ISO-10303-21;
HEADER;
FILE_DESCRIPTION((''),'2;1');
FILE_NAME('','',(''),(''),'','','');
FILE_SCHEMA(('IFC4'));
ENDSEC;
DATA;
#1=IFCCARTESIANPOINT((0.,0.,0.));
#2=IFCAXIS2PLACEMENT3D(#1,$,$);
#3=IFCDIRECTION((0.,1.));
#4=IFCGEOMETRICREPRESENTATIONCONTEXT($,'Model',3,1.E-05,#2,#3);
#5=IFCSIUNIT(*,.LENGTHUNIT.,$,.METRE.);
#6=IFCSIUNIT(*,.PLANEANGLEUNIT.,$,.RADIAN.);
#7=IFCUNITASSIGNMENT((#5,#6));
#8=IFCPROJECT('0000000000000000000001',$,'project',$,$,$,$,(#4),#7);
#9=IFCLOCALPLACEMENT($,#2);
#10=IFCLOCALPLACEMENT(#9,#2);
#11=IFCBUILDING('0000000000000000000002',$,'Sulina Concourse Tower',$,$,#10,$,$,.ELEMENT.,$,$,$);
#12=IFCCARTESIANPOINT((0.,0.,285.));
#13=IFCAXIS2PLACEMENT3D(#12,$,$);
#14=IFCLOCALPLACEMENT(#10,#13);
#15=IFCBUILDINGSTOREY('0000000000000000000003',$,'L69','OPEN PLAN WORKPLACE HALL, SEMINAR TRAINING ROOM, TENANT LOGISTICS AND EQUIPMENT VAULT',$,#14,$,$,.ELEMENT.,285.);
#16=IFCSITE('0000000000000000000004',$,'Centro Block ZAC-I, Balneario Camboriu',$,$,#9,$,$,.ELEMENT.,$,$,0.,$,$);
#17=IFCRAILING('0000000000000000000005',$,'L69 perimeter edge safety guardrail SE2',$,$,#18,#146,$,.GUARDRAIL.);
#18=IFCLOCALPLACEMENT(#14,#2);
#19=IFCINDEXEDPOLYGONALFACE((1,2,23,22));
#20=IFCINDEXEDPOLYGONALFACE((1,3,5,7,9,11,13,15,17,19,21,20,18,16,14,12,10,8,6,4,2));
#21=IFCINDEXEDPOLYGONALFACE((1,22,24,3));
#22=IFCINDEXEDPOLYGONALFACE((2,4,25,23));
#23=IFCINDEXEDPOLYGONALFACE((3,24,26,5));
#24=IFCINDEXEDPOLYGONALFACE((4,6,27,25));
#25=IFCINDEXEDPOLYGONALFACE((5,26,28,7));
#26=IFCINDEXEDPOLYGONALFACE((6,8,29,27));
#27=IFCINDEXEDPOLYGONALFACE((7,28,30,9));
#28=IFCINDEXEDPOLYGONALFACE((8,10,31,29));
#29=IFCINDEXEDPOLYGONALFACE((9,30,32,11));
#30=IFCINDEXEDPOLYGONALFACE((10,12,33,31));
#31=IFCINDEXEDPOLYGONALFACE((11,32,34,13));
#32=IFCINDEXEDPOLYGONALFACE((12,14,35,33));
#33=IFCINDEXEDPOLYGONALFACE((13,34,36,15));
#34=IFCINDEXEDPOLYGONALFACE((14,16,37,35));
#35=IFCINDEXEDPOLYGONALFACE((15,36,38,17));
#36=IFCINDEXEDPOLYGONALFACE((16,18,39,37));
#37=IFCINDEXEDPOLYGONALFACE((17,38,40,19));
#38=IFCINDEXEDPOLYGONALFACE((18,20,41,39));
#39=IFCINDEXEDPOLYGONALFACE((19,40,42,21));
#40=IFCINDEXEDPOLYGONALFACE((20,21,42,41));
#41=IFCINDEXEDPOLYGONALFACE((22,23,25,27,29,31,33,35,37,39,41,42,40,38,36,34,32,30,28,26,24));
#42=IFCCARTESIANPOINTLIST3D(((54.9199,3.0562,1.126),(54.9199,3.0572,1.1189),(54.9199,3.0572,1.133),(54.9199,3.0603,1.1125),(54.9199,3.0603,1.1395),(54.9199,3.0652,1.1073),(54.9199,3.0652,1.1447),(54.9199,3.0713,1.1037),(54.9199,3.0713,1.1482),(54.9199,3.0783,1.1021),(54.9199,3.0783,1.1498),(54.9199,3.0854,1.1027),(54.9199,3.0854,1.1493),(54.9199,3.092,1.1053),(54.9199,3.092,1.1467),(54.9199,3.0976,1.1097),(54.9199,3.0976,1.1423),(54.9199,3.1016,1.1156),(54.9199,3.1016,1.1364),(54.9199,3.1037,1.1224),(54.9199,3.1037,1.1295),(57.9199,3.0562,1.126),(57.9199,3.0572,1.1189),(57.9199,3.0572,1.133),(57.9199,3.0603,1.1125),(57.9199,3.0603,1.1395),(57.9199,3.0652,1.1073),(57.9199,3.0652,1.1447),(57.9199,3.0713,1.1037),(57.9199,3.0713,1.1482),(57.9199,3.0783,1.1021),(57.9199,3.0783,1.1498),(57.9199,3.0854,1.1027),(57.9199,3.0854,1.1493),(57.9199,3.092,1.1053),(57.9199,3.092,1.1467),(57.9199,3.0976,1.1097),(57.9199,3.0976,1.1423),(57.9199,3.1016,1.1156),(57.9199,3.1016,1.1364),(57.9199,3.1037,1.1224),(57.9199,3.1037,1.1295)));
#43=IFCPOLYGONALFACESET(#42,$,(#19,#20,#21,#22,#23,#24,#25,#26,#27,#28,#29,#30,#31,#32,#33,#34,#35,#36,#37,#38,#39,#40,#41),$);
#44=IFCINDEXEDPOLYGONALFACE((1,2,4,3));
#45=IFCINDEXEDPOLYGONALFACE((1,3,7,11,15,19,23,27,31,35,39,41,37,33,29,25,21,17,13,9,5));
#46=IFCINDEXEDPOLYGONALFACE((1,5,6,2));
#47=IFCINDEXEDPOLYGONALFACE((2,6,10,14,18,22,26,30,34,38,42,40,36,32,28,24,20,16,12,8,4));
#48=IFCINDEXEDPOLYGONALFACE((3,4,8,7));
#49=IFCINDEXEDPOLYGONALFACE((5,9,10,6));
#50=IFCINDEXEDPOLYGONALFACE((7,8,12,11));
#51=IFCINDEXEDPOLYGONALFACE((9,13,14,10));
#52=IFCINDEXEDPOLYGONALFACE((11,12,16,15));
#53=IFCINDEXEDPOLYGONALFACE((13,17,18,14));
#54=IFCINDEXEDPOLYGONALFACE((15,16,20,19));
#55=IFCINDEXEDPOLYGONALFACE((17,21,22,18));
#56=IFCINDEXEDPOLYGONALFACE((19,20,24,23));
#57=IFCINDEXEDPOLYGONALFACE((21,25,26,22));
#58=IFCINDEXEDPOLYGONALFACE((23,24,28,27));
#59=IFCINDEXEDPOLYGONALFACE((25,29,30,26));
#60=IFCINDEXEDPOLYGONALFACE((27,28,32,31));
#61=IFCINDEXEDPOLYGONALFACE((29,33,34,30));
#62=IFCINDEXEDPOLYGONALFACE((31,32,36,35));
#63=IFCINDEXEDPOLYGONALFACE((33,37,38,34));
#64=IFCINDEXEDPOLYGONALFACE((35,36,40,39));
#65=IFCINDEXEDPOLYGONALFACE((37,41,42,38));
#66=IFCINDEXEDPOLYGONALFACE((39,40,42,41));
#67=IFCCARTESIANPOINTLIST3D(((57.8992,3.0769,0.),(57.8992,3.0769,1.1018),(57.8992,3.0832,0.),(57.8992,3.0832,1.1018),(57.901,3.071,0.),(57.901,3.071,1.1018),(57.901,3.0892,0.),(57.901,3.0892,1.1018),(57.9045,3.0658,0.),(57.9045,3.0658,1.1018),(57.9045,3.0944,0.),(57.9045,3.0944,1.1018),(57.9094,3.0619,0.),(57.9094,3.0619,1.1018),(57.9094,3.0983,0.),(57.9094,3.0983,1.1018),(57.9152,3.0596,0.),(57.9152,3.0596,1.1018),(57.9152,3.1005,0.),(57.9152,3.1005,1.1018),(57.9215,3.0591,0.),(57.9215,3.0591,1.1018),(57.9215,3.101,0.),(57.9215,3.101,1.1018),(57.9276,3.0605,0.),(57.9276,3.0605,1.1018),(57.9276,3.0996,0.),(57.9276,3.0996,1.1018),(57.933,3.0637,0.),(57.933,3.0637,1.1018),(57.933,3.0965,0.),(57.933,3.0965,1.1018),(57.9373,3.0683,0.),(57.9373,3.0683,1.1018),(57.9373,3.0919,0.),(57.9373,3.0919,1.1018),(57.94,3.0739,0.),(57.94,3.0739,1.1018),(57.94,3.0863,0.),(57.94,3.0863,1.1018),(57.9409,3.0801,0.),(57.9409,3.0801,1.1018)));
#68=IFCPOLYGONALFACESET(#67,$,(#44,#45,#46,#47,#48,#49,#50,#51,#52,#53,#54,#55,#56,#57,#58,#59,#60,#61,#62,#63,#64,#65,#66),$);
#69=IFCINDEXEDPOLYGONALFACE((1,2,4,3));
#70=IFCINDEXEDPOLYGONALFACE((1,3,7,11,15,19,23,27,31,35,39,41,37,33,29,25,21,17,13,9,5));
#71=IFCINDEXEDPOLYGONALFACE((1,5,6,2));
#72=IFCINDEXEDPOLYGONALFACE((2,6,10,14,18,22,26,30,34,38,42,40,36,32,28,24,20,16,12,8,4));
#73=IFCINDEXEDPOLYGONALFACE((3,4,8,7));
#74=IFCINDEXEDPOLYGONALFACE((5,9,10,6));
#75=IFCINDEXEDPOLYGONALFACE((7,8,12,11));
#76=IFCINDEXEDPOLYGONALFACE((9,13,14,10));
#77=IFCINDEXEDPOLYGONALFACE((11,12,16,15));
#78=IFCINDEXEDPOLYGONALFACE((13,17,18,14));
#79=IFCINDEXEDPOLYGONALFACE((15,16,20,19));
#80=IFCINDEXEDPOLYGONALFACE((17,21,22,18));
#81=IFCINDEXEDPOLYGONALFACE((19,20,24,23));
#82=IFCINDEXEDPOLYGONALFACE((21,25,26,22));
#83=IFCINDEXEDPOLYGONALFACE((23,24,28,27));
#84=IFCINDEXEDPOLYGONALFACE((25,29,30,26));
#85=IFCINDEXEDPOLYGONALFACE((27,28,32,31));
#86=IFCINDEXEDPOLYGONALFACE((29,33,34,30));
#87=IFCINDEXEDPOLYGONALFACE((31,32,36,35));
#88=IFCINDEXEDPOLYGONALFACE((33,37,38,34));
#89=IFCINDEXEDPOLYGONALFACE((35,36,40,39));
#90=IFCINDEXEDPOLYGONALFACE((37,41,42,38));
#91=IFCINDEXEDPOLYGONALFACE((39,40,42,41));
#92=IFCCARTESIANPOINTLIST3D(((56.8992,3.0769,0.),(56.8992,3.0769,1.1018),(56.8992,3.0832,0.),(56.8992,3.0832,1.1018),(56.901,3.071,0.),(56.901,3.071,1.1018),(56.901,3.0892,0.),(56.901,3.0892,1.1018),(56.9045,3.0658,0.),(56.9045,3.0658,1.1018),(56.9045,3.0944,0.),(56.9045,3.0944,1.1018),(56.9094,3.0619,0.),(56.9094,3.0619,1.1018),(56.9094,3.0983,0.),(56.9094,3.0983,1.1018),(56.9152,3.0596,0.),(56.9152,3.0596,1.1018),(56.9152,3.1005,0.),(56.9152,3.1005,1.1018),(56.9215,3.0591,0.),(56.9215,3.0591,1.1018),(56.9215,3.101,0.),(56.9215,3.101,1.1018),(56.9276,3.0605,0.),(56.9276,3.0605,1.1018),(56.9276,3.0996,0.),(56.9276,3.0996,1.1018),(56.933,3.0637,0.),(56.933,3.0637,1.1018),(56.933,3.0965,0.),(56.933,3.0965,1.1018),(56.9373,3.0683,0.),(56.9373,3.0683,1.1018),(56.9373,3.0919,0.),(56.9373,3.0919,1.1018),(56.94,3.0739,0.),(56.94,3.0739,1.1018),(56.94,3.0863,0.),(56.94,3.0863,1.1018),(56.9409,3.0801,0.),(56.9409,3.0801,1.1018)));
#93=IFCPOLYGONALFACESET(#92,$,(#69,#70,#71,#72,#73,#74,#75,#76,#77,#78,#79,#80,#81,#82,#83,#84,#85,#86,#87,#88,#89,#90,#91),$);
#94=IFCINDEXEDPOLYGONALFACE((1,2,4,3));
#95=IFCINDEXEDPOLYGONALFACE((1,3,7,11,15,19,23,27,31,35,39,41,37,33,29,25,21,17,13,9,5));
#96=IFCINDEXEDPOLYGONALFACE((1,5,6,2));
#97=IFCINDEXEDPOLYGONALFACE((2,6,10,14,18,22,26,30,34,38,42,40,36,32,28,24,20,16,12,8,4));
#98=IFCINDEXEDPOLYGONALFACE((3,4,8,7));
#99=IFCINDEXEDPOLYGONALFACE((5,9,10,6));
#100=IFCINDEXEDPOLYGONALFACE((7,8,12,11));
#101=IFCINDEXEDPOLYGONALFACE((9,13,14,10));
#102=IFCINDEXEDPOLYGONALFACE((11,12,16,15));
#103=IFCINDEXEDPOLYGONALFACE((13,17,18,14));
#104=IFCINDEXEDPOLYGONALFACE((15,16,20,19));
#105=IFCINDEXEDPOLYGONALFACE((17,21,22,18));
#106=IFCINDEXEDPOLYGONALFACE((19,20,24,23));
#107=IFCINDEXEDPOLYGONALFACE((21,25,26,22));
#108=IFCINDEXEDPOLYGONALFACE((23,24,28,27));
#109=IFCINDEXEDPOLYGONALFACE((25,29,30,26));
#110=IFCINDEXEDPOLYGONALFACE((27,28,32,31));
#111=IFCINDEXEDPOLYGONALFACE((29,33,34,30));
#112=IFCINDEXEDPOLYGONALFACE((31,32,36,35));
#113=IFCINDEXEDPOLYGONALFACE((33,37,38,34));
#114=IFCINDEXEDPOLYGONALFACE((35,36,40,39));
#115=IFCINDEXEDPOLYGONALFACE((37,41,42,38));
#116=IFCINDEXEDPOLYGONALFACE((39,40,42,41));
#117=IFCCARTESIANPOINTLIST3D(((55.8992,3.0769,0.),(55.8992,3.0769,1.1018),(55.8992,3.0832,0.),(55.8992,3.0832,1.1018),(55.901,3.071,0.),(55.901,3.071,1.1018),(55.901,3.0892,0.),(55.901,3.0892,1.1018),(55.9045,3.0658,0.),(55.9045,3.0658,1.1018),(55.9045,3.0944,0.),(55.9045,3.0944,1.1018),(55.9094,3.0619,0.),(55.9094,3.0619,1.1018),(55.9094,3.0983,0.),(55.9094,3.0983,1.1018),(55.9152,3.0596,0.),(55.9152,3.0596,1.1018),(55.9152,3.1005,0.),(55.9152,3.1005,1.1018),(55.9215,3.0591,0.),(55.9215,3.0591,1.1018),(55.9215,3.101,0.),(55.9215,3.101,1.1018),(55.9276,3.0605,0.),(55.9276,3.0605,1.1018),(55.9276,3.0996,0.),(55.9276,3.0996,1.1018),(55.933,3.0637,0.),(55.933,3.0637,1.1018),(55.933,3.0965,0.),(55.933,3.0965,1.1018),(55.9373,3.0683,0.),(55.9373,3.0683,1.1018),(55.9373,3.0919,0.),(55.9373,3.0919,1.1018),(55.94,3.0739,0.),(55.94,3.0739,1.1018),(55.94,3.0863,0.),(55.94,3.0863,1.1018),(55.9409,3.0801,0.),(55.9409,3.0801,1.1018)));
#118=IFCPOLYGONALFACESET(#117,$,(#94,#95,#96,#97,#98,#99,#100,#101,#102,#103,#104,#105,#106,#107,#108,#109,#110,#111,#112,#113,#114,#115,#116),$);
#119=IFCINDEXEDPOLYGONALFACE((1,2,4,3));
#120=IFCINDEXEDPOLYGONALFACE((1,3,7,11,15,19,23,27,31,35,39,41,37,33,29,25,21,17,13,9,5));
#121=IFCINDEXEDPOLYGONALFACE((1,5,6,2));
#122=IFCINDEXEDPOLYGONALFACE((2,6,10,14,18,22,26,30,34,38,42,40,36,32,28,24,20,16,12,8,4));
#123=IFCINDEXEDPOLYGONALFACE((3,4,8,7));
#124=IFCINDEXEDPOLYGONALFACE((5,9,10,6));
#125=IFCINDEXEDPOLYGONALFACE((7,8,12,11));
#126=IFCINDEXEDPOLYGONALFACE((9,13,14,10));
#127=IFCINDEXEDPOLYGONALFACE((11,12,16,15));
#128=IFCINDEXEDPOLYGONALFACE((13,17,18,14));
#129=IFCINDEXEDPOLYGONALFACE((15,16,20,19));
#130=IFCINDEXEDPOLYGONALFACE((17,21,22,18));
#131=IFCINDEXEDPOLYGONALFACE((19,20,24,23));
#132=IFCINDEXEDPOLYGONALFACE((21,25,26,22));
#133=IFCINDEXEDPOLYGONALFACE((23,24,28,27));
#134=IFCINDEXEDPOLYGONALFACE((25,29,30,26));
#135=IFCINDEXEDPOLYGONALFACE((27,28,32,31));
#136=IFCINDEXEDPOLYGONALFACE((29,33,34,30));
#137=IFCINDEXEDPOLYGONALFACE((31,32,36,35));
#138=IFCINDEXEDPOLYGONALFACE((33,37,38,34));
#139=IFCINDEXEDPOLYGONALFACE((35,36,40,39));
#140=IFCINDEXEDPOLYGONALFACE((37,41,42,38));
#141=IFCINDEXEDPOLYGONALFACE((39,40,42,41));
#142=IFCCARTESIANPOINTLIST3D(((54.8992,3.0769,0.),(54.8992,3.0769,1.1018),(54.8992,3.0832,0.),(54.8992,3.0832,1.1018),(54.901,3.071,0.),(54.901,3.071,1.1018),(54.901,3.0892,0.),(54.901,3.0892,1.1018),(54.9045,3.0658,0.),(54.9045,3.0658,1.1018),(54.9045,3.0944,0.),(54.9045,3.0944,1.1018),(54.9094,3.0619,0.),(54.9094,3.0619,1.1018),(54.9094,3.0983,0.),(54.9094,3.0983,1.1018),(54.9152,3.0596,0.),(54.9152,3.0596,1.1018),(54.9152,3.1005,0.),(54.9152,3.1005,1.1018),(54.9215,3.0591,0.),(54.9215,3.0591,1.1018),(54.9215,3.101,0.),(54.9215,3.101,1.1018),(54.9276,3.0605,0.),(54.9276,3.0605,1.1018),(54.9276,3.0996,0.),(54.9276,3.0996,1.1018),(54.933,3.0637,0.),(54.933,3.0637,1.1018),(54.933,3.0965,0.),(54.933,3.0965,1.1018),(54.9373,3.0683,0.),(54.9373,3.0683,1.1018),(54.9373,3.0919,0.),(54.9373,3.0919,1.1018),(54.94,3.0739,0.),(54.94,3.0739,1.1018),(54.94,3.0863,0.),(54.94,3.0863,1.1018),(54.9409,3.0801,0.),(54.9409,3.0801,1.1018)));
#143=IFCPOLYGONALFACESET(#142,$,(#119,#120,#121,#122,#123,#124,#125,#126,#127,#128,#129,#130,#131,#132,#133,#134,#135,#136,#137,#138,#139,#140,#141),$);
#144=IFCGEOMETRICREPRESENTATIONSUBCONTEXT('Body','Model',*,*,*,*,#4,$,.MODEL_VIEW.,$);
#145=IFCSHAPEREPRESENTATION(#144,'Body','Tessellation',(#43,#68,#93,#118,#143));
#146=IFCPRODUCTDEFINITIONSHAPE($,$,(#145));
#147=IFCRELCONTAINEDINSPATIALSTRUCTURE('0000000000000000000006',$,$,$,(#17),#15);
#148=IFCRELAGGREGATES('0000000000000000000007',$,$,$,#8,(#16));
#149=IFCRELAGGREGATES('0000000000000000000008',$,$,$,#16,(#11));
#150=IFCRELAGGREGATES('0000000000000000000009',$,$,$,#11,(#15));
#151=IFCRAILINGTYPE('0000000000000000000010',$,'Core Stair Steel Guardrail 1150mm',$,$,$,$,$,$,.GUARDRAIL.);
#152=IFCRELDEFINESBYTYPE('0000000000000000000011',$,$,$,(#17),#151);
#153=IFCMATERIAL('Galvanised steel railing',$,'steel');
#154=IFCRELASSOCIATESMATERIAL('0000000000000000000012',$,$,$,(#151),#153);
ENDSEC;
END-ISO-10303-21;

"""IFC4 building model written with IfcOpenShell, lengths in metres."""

from ifc_helpers import new_model, si_unit, direction, frame, origin, origin_2d, place, context, subcontext, project, spatial, circle, extrude, material, type_object, element, save


model = new_model("IFC4")

# Units and contexts
model_context = context("Model", 3, precision=1e-05, world=origin(), true_north=direction((0.0, 1.0)))
body_context = subcontext(model_context, "Body", "Model", "MODEL_VIEW")
ifc_project = project(units=[si_unit("LENGTHUNIT", "METRE"), si_unit("PLANEANGLEUNIT", "RADIAN")], contexts=[model_context])

# Site, building, storey
site_placement = place(None, origin())
site = spatial("IfcSite", under=ifc_project, at=site_placement, Name="Centro Block ZAC-I, Balneario Camboriu", CompositionType="ELEMENT", RefElevation=0.0)
building_placement = place(site_placement, origin())
building = spatial("IfcBuilding", under=site, at=building_placement, Name="Sulina Concourse Tower", CompositionType="ELEMENT")
storey_placement = place(building_placement, frame((0.0, 0.0, 285.0)))
storey = spatial("IfcBuildingStorey", under=building, at=storey_placement, Name="L69", Description="OPEN PLAN WORKPLACE HALL, SEMINAR TRAINING ROOM, TENANT LOGISTICS AND EQUIPMENT VAULT", CompositionType="ELEMENT", Elevation=285.0)

# Railing
ifc_material_1 = material(Name="Galvanised steel railing", Category="steel")
railing_type = type_object("IfcRailingType", Name="Core Stair Steel Guardrail 1150mm", PredefinedType="GUARDRAIL", material=ifc_material_1)
railing_1_placement = place(storey_placement, frame((57.9199, 3.0801, 0.0)))
element("IfcRailing", 1, at=railing_1_placement, inside=storey, type_object=railing_type, Name="L69 perimeter edge safety guardrail SE2", PredefinedType="GUARDRAIL", context=body_context, shape_type="SweptSolid", body=[
    extrude(circle(Radius=0.0239, at=origin_2d()), frame((0.0, 0.0, 1.126), z_axis=(-1.0, 0.0, 0.0), x_axis=(0.0, -1.0, 0.0)), (0.0, 0.0, 1.0), 3.0),
    extrude(circle(Radius=0.021, at=origin_2d()), origin(), (0.0, 0.0, 1.0), 1.1018),
    extrude(circle(Radius=0.021, at=origin_2d()), frame((-1.0, 0.0, 0.0)), (0.0, 0.0, 1.0), 1.1018),
    extrude(circle(Radius=0.021, at=origin_2d()), frame((-2.0, 0.0, 0.0)), (0.0, 0.0, 1.0), 1.1018),
    extrude(circle(Radius=0.021, at=origin_2d()), frame((-3.0, 0.0, 0.0)), (0.0, 0.0, 1.0), 1.1018),
])

save(model, "model.ifc")
